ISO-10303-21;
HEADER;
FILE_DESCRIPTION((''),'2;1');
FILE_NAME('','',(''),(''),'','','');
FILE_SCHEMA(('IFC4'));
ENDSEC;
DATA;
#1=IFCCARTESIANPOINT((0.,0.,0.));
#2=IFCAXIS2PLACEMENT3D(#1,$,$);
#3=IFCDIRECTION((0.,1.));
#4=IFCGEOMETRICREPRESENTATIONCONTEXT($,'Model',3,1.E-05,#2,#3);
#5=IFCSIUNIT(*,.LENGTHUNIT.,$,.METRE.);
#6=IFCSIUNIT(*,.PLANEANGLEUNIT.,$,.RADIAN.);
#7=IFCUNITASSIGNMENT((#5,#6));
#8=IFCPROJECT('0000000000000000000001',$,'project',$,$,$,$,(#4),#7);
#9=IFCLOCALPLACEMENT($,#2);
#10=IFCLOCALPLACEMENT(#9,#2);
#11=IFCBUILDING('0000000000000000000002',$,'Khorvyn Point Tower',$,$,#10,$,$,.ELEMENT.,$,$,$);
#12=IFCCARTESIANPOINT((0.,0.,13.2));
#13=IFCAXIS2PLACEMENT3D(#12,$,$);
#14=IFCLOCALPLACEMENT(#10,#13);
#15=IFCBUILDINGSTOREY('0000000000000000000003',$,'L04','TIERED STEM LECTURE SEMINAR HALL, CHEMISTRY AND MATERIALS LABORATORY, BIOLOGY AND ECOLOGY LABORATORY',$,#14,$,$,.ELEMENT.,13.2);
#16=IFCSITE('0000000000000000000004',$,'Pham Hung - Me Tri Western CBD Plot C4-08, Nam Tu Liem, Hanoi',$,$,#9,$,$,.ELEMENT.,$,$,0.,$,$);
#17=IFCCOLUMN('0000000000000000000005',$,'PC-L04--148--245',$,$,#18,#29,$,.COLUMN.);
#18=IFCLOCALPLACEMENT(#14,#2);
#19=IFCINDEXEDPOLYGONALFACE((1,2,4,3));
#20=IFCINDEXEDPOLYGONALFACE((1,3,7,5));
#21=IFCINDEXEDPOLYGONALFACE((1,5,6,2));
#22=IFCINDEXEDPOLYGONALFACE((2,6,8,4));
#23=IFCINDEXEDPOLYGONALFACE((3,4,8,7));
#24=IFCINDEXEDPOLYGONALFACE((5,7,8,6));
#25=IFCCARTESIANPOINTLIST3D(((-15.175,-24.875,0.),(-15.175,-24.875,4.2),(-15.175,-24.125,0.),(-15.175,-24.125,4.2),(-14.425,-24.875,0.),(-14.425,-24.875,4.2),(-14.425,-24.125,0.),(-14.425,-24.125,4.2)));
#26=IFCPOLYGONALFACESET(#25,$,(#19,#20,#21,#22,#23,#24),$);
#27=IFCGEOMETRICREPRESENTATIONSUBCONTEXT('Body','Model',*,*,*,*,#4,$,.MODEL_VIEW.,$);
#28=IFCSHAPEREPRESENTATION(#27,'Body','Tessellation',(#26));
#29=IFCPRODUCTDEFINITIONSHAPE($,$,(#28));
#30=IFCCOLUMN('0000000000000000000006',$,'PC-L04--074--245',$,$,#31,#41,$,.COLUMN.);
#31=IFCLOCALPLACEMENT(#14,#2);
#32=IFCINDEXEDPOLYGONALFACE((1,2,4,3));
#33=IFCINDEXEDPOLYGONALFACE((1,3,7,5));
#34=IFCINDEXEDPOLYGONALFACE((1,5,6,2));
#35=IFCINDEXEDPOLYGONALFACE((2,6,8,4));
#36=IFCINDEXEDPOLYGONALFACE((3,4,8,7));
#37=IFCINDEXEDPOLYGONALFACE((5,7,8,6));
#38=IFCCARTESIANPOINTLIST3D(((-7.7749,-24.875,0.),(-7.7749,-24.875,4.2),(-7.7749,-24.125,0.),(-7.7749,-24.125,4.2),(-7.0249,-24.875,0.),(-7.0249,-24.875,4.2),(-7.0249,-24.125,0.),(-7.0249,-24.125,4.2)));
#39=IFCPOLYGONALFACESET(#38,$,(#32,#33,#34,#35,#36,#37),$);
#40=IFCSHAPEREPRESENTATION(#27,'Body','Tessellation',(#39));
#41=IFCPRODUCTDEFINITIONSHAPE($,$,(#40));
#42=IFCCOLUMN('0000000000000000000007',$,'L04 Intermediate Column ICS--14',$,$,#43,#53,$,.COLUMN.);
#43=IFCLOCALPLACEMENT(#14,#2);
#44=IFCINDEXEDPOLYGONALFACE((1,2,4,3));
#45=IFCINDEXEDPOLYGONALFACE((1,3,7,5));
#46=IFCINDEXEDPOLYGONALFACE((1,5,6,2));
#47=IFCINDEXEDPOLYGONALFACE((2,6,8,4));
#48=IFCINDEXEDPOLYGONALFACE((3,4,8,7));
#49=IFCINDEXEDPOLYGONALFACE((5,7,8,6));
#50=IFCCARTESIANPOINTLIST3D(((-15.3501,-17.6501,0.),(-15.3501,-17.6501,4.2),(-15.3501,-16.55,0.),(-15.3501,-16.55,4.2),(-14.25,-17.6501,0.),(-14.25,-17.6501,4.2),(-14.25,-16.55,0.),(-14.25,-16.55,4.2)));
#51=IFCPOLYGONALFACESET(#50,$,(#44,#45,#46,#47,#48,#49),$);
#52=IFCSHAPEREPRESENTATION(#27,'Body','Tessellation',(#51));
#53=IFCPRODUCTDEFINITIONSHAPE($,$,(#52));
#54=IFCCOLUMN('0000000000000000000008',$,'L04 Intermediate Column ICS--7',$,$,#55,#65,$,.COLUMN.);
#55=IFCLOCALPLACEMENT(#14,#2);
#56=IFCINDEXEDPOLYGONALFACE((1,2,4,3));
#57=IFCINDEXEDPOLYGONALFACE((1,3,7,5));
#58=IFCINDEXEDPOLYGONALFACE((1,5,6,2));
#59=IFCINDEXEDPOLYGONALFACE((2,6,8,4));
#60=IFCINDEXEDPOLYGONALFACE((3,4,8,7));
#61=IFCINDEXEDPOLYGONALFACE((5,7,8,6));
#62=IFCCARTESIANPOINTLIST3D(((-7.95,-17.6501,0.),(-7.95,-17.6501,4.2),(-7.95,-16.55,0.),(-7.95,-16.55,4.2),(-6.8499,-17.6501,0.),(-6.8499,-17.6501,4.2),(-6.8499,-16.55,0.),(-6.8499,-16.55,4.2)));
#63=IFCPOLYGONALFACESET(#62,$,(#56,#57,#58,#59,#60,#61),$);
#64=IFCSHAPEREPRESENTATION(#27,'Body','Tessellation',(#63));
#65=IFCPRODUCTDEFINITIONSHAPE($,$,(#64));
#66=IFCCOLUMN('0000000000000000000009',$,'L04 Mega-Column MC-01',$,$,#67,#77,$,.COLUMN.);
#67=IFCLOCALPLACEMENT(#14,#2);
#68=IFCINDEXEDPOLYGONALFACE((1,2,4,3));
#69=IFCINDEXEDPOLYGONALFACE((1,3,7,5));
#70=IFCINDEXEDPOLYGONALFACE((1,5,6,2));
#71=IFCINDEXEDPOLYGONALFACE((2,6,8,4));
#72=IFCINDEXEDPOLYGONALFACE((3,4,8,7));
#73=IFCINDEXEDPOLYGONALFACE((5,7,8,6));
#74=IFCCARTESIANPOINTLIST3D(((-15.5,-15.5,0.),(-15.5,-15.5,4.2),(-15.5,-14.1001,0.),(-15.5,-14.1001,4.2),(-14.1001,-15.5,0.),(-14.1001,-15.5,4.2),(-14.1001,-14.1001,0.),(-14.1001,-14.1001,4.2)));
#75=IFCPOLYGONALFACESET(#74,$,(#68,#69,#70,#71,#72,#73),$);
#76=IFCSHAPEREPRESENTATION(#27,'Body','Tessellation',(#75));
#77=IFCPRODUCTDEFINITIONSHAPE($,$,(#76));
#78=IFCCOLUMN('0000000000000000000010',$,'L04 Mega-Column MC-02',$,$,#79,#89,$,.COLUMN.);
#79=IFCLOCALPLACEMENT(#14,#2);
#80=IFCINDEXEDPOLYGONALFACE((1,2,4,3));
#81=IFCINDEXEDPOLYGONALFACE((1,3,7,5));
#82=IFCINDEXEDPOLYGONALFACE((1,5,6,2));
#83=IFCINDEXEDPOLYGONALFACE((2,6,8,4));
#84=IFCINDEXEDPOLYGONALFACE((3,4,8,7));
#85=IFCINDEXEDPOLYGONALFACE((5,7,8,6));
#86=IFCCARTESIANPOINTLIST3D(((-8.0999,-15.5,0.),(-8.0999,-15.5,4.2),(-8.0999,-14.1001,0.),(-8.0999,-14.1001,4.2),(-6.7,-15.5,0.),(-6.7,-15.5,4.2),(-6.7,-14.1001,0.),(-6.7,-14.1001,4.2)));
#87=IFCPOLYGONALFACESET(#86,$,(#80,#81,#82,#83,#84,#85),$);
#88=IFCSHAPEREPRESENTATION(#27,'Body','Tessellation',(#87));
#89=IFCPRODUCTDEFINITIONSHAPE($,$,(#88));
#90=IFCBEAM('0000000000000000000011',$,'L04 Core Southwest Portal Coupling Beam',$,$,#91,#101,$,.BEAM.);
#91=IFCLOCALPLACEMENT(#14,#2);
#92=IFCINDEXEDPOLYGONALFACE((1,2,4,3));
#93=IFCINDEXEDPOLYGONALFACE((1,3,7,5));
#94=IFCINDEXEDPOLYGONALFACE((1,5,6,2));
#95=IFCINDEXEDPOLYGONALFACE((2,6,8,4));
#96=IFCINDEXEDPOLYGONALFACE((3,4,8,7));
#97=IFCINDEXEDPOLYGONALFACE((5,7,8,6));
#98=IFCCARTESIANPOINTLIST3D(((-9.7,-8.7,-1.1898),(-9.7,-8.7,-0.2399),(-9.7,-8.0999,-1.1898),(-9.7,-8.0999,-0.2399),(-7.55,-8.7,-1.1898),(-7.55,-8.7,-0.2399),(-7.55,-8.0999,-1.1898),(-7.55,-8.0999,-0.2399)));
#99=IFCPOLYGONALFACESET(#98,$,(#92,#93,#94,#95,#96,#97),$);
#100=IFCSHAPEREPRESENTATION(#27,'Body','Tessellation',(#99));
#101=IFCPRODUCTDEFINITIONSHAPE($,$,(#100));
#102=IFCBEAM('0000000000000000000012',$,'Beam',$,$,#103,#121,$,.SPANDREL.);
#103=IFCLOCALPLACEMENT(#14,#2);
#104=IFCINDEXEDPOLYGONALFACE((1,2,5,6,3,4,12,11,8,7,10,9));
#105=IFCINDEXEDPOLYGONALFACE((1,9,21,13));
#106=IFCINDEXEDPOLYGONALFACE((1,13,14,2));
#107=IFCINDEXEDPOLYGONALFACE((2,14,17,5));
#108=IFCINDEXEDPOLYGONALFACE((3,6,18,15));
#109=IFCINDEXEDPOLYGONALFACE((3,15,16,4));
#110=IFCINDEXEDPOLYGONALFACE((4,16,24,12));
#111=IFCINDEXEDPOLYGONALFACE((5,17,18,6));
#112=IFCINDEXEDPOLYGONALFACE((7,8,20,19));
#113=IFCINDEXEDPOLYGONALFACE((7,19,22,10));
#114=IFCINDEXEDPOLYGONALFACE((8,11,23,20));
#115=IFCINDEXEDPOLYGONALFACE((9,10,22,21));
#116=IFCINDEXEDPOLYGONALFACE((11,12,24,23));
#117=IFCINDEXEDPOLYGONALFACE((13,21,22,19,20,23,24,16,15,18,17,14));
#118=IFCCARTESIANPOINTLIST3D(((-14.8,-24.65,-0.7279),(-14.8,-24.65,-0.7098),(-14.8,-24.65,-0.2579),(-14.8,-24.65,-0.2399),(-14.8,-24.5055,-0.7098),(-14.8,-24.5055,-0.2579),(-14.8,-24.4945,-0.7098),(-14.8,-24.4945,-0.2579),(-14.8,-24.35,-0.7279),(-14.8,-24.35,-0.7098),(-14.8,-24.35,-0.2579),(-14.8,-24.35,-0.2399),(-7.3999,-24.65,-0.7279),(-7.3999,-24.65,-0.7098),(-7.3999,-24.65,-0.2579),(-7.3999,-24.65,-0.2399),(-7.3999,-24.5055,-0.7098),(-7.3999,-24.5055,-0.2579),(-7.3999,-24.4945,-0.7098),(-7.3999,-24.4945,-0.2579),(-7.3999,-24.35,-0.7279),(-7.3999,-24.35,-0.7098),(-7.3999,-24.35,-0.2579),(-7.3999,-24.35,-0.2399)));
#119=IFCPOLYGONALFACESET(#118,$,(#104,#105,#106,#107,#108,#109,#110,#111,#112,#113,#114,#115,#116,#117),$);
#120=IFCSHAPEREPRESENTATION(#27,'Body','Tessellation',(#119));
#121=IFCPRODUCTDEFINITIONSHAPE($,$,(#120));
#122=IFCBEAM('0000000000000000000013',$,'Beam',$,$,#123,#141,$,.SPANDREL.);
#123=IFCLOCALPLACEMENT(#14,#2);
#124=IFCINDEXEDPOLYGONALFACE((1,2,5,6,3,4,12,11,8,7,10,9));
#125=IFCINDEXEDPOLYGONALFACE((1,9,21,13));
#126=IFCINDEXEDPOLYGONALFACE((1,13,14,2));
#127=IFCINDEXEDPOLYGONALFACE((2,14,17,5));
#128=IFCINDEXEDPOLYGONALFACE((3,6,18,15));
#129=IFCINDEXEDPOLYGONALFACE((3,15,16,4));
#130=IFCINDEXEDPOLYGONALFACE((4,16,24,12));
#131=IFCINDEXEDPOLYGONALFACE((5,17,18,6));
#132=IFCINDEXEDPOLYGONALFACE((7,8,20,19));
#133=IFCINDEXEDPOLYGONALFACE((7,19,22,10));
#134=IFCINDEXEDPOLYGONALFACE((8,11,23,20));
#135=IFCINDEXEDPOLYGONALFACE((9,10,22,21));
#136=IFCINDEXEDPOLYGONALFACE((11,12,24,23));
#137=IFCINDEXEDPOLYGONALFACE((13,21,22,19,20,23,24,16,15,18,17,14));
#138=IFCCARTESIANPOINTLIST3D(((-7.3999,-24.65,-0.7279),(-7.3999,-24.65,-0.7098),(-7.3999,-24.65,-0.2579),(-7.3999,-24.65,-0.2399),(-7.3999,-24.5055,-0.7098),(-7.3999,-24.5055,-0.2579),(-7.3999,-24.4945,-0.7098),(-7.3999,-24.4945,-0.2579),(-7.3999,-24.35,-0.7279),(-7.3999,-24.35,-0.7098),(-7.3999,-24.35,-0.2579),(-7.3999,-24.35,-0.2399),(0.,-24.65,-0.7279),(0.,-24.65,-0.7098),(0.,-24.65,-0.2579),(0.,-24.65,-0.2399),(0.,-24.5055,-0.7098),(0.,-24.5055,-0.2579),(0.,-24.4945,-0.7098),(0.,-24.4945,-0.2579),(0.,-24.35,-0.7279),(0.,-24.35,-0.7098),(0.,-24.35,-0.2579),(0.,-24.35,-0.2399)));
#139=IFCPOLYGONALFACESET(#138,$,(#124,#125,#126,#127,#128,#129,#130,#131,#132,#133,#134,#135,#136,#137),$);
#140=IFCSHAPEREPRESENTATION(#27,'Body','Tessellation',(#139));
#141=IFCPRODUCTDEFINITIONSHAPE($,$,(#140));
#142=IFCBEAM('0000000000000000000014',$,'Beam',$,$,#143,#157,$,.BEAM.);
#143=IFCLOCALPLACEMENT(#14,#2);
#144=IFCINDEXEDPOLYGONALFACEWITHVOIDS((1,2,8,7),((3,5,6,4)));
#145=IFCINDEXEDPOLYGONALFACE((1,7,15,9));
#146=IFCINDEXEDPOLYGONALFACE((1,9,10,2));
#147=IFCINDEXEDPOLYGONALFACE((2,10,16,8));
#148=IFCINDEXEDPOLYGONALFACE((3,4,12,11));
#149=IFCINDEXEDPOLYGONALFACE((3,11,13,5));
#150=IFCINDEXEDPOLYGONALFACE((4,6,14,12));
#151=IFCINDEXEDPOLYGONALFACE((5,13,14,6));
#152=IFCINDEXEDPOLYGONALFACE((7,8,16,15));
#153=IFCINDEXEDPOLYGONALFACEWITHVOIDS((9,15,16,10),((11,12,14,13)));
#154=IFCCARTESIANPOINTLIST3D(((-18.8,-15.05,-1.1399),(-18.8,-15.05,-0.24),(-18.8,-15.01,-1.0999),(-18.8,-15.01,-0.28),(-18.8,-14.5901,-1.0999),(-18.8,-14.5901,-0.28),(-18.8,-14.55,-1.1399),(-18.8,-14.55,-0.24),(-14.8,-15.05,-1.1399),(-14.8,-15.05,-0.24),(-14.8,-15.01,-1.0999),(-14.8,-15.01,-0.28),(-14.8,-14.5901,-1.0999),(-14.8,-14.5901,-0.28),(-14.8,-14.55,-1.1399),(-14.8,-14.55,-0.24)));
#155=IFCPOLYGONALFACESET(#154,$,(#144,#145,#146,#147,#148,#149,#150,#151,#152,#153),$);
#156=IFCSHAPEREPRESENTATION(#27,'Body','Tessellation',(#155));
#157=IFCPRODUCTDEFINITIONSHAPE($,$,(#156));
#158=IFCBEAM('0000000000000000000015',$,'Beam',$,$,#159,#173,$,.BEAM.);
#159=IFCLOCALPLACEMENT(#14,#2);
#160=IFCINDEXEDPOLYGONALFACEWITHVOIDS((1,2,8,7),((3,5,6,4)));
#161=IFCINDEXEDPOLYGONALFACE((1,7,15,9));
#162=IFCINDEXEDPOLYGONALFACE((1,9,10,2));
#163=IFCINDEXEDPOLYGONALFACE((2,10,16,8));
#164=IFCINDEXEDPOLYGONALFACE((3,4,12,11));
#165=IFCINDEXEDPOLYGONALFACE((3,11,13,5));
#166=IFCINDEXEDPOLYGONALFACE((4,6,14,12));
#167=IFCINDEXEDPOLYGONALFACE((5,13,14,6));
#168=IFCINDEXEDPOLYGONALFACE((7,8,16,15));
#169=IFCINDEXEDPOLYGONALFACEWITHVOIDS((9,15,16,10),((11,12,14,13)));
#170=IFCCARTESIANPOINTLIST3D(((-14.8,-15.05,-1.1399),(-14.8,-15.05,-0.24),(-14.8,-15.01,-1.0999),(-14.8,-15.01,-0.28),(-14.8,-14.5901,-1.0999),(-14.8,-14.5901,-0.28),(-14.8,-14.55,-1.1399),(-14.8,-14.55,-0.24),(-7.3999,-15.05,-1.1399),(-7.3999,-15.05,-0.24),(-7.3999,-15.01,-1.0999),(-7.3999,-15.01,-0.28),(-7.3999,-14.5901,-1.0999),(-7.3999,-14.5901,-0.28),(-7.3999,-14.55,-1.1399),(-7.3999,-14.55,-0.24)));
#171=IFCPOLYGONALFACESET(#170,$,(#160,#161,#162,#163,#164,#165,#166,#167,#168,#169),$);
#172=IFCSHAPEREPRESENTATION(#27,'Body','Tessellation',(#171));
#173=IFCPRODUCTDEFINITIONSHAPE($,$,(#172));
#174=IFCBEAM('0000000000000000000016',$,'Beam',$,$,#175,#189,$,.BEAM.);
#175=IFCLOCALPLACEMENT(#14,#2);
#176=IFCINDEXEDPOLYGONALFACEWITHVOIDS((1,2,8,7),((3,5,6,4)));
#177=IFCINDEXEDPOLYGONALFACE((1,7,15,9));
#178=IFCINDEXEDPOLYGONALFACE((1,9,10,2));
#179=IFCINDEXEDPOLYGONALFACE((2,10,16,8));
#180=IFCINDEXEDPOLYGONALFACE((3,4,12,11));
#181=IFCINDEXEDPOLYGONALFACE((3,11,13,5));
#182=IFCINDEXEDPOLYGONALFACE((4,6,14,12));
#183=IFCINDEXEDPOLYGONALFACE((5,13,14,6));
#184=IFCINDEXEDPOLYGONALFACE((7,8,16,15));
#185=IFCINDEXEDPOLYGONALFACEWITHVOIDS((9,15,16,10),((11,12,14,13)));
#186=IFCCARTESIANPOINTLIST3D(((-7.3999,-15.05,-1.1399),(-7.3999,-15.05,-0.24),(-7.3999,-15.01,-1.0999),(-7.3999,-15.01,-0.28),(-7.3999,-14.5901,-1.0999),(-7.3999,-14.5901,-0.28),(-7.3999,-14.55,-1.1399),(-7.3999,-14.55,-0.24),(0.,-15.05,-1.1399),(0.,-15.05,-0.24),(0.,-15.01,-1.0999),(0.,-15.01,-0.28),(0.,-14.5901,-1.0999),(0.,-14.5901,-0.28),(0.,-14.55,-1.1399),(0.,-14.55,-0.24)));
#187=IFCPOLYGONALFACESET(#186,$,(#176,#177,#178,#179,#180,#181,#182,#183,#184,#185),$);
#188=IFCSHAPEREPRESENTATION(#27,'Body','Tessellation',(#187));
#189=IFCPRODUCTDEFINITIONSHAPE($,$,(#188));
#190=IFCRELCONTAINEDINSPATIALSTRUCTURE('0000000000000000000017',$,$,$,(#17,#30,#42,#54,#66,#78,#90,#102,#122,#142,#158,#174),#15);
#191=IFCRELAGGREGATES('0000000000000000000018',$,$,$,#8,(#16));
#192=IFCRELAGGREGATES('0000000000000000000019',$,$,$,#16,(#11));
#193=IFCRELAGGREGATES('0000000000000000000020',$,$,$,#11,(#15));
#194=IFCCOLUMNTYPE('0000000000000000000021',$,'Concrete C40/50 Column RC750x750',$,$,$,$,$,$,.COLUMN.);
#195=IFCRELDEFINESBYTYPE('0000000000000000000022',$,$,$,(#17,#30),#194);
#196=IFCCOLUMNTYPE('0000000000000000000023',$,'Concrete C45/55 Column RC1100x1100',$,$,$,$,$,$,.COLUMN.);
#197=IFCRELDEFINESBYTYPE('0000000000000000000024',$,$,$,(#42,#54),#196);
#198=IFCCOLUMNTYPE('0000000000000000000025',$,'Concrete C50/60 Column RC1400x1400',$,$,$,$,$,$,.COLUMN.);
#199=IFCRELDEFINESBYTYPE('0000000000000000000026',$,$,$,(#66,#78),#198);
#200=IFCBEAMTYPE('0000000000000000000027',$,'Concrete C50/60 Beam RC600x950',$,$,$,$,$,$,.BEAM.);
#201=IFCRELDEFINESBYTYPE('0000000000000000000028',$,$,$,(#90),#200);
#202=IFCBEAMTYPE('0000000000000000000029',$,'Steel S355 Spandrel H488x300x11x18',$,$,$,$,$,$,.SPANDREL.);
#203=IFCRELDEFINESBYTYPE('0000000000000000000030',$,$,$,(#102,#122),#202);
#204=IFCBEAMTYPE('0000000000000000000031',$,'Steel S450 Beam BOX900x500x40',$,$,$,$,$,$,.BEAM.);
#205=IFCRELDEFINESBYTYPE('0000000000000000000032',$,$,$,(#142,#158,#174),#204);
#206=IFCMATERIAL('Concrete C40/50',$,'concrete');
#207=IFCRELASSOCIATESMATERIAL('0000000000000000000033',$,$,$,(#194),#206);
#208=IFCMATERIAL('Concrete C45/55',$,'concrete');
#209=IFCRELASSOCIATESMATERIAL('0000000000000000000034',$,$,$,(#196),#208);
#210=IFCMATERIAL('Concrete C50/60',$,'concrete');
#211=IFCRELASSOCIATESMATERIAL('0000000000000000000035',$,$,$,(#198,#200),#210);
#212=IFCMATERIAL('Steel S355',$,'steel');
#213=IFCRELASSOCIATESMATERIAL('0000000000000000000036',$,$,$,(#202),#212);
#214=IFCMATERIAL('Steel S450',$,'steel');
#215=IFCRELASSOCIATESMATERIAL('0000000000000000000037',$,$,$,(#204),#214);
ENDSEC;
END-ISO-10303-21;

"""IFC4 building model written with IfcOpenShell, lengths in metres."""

from ifc_helpers import new_model, si_unit, direction, frame, origin, origin_2d, place, context, subcontext, project, spatial, rectangle, hollow_rectangle, i_section, extrude, material, material_profile, profile_set, type_object, element, save


model = new_model("IFC4")

# Units and contexts
model_context = context("Model", 3, precision=1e-05, world=origin(), true_north=direction((0.0, 1.0)))
body_context = subcontext(model_context, "Body", "Model", "MODEL_VIEW")
ifc_project = project(units=[si_unit("LENGTHUNIT", "METRE"), si_unit("PLANEANGLEUNIT", "RADIAN")], contexts=[model_context])

# Site, building, storey
site_placement = place(None, origin())
site = spatial("IfcSite", under=ifc_project, at=site_placement, Name="Pham Hung - Me Tri Western CBD Plot C4-08, Nam Tu Liem, Hanoi", CompositionType="ELEMENT", RefElevation=0.0)
building_placement = place(site_placement, origin())
building = spatial("IfcBuilding", under=site, at=building_placement, Name="Khorvyn Point Tower", CompositionType="ELEMENT")
storey_placement = place(building_placement, frame((0.0, 0.0, 13.2)))
storey = spatial("IfcBuildingStorey", under=building, at=storey_placement, Name="L04", Description="TIERED STEM LECTURE SEMINAR HALL, CHEMISTRY AND MATERIALS LABORATORY, BIOLOGY AND ECOLOGY LABORATORY", CompositionType="ELEMENT", Elevation=13.2)

# Columns
ifc_material_1 = material(Name="Concrete C40/50", Category="concrete")
ifc_material_profile_1 = material_profile(ifc_material_1, rectangle(XDim=0.75, YDim=0.75, at=origin_2d()))
ifc_profile_set_1 = profile_set([ifc_material_profile_1], Name="Concrete C40/50 RC750x750")
column_type_1 = type_object("IfcColumnType", Name="Concrete C40/50 Column RC750x750", PredefinedType="COLUMN", material=ifc_profile_set_1)
for number, where, z_axis, x_axis, name in (
    (1, (-14.8, -24.5, 0.0), (0.0, 0.0, 1.0), (1.0, 0.0, 0.0), "PC-L04--148--245"),
    (2, (-7.3999, -24.5, 0.0), (0.0, 0.0, 1.0), (1.0, 0.0, 0.0), "PC-L04--074--245"),
):
    element("IfcColumn", number, at=place(storey_placement, frame(where, z_axis=z_axis, x_axis=x_axis)), inside=storey, type_object=column_type_1, Name=name, PredefinedType="COLUMN", context=body_context, shape_type="SweptSolid", body=[
        extrude(rectangle(XDim=0.75, YDim=0.75, at=origin_2d()), origin(), (0.0, 0.0, 1.0), 4.2),
    ])
ifc_material_2 = material(Name="Concrete C45/55", Category="concrete")
ifc_material_profile_2 = material_profile(ifc_material_2, rectangle(XDim=1.1001, YDim=1.1001, at=origin_2d()))
ifc_profile_set_2 = profile_set([ifc_material_profile_2], Name="Concrete C45/55 RC1100x1100")
column_type_2 = type_object("IfcColumnType", Name="Concrete C45/55 Column RC1100x1100", PredefinedType="COLUMN", material=ifc_profile_set_2)
for number, where, z_axis, x_axis, name in (
    (3, (-14.8, -17.1001, 0.0), (0.0, 0.0, 1.0), (1.0, 0.0, 0.0), "L04 Intermediate Column ICS--14"),
    (4, (-7.3999, -17.1001, 0.0), (0.0, 0.0, 1.0), (1.0, 0.0, 0.0), "L04 Intermediate Column ICS--7"),
):
    element("IfcColumn", number, at=place(storey_placement, frame(where, z_axis=z_axis, x_axis=x_axis)), inside=storey, type_object=column_type_2, Name=name, PredefinedType="COLUMN", context=body_context, shape_type="SweptSolid", body=[
        extrude(rectangle(XDim=1.1001, YDim=1.1001, at=origin_2d()), origin(), (0.0, 0.0, 1.0), 4.2),
    ])
ifc_material_3 = material(Name="Concrete C50/60", Category="concrete")
ifc_material_profile_3 = material_profile(ifc_material_3, rectangle(XDim=1.3999, YDim=1.3999, at=origin_2d()))
ifc_profile_set_3 = profile_set([ifc_material_profile_3], Name="Concrete C50/60 RC1400x1400")
column_type_3 = type_object("IfcColumnType", Name="Concrete C50/60 Column RC1400x1400", PredefinedType="COLUMN", material=ifc_profile_set_3)
for number, where, z_axis, x_axis, name in (
    (5, (-14.8, -14.8, 0.0), (0.0, 0.0, 1.0), (1.0, 0.0, 0.0), "L04 Mega-Column MC-01"),
    (6, (-7.3999, -14.8, 0.0), (0.0, 0.0, 1.0), (1.0, 0.0, 0.0), "L04 Mega-Column MC-02"),
):
    element("IfcColumn", number, at=place(storey_placement, frame(where, z_axis=z_axis, x_axis=x_axis)), inside=storey, type_object=column_type_3, Name=name, PredefinedType="COLUMN", context=body_context, shape_type="SweptSolid", body=[
        extrude(rectangle(XDim=1.3999, YDim=1.3999, at=origin_2d()), origin(), (0.0, 0.0, 1.0), 4.2),
    ])

# Beams
ifc_material_profile_4 = material_profile(ifc_material_3, rectangle(XDim=0.6001, YDim=0.95, at=origin_2d()))
ifc_profile_set_4 = profile_set([ifc_material_profile_4], Name="Concrete C50/60 RC600x950")
beam_type_1 = type_object("IfcBeamType", Name="Concrete C50/60 Beam RC600x950", PredefinedType="BEAM", material=ifc_profile_set_4)
beam_1_placement = place(storey_placement, frame((-9.7, -8.3999, -0.7148), z_axis=(1.0, 0.0, 0.0), x_axis=(0.0, 1.0, 0.0)))
element("IfcBeam", 7, at=beam_1_placement, inside=storey, type_object=beam_type_1, Name="L04 Core Southwest Portal Coupling Beam", PredefinedType="BEAM", context=body_context, shape_type="SweptSolid", body=[
    extrude(rectangle(XDim=0.6001, YDim=0.95, at=origin_2d()), origin(), (0.0, 0.0, 1.0), 2.1499),
])
ifc_material_4 = material(Name="Steel S355", Category="steel")
ifc_material_profile_5 = material_profile(ifc_material_4, i_section(OverallWidth=0.3, OverallDepth=0.488, WebThickness=0.011, FlangeThickness=0.0181, at=origin_2d()))
ifc_profile_set_5 = profile_set([ifc_material_profile_5], Name="Steel S355 H488x300x11x18")
beam_type_2 = type_object("IfcBeamType", Name="Steel S355 Spandrel H488x300x11x18", PredefinedType="SPANDREL", material=ifc_profile_set_5)
beam_2_placement = place(storey_placement, frame((-14.8, -24.5, -0.4839), z_axis=(1.0, 0.0, 0.0), x_axis=(0.0, 1.0, 0.0)))
element("IfcBeam", 8, at=beam_2_placement, inside=storey, type_object=beam_type_2, Name="Beam", PredefinedType="SPANDREL", context=body_context, shape_type="SweptSolid", body=[
    extrude(i_section(OverallWidth=0.3, OverallDepth=0.488, WebThickness=0.011, FlangeThickness=0.0181, at=origin_2d()), origin(), (0.0, 0.0, 1.0), 7.4001),
])
beam_3_placement = place(storey_placement, frame((-7.3999, -24.5, -0.4839), z_axis=(1.0, 0.0, 0.0), x_axis=(0.0, 1.0, 0.0)))
element("IfcBeam", 9, at=beam_3_placement, inside=storey, type_object=beam_type_2, Name="Beam", PredefinedType="SPANDREL", context=body_context, shape_type="SweptSolid", body=[
    extrude(i_section(OverallWidth=0.3, OverallDepth=0.488, WebThickness=0.011, FlangeThickness=0.0181, at=origin_2d()), origin(), (0.0, 0.0, 1.0), 7.3999),
])
ifc_material_5 = material(Name="Steel S450", Category="steel")
ifc_material_profile_6 = material_profile(ifc_material_5, hollow_rectangle(XDim=0.5, YDim=0.8999, WallThickness=0.04, at=origin_2d()))
ifc_profile_set_6 = profile_set([ifc_material_profile_6], Name="Steel S450 BOX900x500x40")
beam_type_3 = type_object("IfcBeamType", Name="Steel S450 Beam BOX900x500x40", PredefinedType="BEAM", material=ifc_profile_set_6)
beam_4_placement = place(storey_placement, frame((-18.8, -14.8, -0.6899), z_axis=(1.0, 0.0, 0.0), x_axis=(0.0, 1.0, 0.0)))
element("IfcBeam", 10, at=beam_4_placement, inside=storey, type_object=beam_type_3, Name="Beam", PredefinedType="BEAM", context=body_context, shape_type="SweptSolid", body=[
    extrude(hollow_rectangle(XDim=0.5, YDim=0.8999, WallThickness=0.04, at=origin_2d()), origin(), (0.0, 0.0, 1.0), 4.0),
])
beam_5_placement = place(storey_placement, frame((-14.8, -14.8, -0.6899), z_axis=(1.0, 0.0, 0.0), x_axis=(0.0, 1.0, 0.0)))
element("IfcBeam", 11, at=beam_5_placement, inside=storey, type_object=beam_type_3, Name="Beam", PredefinedType="BEAM", context=body_context, shape_type="SweptSolid", body=[
    extrude(hollow_rectangle(XDim=0.5, YDim=0.8999, WallThickness=0.04, at=origin_2d()), origin(), (0.0, 0.0, 1.0), 7.4001),
])
beam_6_placement = place(storey_placement, frame((-7.3999, -14.8, -0.6899), z_axis=(1.0, 0.0, 0.0), x_axis=(0.0, 1.0, 0.0)))
element("IfcBeam", 12, at=beam_6_placement, inside=storey, type_object=beam_type_3, Name="Beam", PredefinedType="BEAM", context=body_context, shape_type="SweptSolid", body=[
    extrude(hollow_rectangle(XDim=0.5, YDim=0.8999, WallThickness=0.04, at=origin_2d()), origin(), (0.0, 0.0, 1.0), 7.3999),
])

save(model, "model.ifc")
